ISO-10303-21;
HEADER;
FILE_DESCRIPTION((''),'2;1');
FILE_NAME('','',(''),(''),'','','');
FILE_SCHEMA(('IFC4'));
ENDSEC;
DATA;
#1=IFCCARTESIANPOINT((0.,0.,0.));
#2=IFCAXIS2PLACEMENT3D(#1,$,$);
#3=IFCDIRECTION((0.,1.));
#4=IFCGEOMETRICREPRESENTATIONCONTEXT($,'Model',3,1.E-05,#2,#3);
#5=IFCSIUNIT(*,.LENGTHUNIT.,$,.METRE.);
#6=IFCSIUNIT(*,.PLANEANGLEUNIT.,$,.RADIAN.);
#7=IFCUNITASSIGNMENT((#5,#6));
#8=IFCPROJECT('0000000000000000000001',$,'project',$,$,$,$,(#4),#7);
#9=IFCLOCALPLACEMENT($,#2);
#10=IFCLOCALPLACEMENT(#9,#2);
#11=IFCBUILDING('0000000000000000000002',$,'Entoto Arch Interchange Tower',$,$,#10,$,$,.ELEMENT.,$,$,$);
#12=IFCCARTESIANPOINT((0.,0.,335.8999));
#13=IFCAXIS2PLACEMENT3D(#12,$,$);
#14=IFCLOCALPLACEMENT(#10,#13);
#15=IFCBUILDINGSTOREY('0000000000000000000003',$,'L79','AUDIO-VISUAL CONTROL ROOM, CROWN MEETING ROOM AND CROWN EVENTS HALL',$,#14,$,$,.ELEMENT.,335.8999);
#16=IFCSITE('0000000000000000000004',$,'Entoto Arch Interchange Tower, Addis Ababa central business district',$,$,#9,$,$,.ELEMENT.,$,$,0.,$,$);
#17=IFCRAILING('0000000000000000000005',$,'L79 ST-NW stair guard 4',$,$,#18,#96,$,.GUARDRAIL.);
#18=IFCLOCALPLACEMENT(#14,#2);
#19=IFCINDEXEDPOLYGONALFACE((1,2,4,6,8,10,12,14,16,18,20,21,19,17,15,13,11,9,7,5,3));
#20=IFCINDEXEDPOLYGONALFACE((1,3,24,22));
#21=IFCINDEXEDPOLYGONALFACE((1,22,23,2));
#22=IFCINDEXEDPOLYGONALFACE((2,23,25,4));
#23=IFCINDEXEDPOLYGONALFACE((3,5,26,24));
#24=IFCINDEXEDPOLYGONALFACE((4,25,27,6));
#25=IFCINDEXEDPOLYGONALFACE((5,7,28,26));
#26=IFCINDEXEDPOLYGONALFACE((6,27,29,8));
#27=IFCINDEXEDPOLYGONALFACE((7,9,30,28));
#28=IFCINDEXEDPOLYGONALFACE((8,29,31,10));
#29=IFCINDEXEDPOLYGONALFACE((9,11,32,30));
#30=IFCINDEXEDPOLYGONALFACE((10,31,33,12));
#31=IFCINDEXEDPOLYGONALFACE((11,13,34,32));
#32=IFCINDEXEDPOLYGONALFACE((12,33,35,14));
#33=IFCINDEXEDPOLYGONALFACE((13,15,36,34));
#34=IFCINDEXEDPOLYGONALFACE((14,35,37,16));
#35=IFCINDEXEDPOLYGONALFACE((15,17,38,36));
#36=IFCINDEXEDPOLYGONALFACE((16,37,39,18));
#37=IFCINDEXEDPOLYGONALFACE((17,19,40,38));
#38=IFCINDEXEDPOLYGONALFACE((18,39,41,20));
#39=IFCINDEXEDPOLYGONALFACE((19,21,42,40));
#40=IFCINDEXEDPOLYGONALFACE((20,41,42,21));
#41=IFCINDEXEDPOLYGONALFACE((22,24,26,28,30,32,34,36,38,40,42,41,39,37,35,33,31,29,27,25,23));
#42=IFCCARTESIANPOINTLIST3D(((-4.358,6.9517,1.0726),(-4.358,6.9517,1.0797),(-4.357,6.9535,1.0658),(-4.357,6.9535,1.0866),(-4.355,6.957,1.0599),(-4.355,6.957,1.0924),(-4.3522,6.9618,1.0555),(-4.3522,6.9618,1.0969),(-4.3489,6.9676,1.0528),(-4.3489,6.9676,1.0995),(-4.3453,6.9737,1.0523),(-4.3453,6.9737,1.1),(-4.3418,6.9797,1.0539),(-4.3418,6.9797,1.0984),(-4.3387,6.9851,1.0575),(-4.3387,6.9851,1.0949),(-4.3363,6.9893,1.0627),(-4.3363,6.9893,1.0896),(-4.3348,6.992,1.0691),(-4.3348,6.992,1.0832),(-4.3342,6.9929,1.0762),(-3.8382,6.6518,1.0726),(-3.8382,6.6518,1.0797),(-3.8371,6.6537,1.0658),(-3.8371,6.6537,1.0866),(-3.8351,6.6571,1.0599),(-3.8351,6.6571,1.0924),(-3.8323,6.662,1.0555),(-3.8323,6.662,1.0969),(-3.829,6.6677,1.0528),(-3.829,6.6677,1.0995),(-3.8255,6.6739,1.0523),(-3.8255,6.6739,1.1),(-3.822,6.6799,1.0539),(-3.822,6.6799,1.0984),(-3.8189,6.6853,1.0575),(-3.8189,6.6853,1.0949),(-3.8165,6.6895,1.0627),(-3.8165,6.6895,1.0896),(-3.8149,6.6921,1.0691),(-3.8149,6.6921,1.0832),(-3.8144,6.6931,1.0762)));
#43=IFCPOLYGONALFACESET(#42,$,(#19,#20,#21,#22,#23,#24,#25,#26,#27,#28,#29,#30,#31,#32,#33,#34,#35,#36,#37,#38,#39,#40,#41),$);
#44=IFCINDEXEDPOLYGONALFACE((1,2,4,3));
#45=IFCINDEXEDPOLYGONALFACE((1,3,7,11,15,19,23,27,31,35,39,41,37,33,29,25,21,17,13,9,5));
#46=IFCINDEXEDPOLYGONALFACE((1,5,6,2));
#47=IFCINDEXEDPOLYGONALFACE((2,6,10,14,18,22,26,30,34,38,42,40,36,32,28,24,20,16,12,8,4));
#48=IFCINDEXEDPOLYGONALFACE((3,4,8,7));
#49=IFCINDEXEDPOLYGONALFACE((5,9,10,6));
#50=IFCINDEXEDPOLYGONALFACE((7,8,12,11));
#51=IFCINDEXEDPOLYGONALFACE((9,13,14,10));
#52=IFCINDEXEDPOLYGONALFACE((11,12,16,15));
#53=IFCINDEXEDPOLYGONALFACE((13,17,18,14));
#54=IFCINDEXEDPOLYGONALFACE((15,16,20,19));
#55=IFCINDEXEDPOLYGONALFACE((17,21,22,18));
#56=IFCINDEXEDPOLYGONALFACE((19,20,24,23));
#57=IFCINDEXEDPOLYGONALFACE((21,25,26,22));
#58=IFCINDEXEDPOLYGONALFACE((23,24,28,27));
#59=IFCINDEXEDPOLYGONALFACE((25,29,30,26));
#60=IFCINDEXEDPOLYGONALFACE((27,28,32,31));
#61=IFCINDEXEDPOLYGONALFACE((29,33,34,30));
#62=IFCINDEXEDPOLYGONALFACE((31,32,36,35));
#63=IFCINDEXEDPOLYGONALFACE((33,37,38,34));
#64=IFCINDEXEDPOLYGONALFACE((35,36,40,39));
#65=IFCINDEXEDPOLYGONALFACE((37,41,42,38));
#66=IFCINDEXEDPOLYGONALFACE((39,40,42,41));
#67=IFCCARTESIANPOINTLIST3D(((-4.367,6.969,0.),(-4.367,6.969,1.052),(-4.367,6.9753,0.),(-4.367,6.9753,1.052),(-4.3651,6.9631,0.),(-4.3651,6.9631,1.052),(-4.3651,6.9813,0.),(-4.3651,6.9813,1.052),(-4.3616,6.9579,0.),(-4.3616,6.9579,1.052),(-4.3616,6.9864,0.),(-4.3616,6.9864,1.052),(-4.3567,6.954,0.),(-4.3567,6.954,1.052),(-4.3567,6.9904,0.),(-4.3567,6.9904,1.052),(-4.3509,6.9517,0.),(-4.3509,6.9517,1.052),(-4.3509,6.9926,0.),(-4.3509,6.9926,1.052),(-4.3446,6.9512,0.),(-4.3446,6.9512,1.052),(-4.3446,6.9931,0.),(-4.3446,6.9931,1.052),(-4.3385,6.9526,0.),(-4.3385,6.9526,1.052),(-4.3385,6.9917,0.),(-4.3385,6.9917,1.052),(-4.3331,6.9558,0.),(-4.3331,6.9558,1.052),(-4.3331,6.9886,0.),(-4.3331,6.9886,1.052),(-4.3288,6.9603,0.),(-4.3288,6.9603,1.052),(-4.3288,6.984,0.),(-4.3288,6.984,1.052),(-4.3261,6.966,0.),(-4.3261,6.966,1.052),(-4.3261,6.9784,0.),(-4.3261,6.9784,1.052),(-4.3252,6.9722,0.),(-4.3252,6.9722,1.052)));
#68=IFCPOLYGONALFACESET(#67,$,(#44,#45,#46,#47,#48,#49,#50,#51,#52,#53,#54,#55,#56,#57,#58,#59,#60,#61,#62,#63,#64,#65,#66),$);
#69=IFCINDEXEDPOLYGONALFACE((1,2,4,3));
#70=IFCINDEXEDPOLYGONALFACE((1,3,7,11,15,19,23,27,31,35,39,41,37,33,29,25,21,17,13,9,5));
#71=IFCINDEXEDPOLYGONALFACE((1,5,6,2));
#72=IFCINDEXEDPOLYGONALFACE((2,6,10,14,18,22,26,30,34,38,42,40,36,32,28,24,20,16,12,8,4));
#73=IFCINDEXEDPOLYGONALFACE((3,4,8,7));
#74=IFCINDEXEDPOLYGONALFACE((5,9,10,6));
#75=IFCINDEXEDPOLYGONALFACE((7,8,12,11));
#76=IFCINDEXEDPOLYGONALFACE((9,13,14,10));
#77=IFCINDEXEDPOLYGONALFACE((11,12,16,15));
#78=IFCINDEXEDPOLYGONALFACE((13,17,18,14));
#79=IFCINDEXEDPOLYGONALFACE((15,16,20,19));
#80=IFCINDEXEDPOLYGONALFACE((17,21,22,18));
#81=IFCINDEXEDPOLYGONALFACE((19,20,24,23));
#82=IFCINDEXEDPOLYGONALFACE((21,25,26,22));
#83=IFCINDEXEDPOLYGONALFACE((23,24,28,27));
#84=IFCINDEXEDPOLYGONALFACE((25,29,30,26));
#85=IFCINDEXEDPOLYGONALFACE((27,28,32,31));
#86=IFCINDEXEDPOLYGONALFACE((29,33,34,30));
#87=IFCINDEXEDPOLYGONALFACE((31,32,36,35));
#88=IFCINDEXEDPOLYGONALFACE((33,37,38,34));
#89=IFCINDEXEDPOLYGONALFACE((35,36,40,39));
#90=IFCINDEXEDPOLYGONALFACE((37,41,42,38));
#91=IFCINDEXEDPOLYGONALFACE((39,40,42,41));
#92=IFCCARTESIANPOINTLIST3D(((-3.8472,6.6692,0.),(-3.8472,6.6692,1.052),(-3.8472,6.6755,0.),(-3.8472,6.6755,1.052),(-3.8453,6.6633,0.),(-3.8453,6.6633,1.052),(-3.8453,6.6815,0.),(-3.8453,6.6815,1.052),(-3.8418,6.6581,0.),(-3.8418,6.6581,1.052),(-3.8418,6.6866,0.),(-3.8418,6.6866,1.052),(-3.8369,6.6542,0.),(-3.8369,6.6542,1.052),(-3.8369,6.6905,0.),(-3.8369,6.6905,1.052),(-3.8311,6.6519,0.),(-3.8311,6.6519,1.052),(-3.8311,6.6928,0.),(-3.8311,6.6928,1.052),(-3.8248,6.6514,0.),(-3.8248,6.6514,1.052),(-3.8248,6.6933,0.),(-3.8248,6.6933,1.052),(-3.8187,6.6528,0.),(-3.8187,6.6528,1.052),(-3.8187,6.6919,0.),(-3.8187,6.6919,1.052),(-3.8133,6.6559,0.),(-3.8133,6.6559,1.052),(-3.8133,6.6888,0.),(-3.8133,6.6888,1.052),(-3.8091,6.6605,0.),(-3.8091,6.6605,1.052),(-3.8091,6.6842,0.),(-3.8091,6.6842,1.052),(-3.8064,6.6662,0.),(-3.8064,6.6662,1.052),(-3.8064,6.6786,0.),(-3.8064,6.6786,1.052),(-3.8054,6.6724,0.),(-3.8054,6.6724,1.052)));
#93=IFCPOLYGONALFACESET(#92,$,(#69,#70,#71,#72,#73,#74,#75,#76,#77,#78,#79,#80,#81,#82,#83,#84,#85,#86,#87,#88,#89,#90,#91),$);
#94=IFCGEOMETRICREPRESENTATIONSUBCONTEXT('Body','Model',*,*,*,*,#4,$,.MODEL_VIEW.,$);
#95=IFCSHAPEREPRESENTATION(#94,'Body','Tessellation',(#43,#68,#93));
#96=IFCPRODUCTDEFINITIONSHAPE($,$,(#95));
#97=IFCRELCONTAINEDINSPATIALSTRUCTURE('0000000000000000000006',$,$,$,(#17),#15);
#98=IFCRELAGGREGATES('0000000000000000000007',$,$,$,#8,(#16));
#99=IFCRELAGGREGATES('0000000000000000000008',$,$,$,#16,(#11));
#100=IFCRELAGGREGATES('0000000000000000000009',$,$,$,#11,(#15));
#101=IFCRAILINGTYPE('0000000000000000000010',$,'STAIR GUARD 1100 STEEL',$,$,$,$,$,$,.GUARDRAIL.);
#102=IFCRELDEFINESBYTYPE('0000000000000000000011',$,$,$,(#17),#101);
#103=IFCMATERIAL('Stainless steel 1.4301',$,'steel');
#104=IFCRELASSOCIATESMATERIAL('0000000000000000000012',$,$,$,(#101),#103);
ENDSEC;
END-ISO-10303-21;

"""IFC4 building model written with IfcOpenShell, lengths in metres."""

from ifc_helpers import new_model, si_unit, direction, frame, origin, origin_2d, place, context, subcontext, project, spatial, circle, extrude, material, type_object, element, save


model = new_model("IFC4")

# Units and contexts
model_context = context("Model", 3, precision=1e-05, world=origin(), true_north=direction((0.0, 1.0)))
body_context = subcontext(model_context, "Body", "Model", "MODEL_VIEW")
ifc_project = project(units=[si_unit("LENGTHUNIT", "METRE"), si_unit("PLANEANGLEUNIT", "RADIAN")], contexts=[model_context])

# Site, building, storey
site_placement = place(None, origin())
site = spatial("IfcSite", under=ifc_project, at=site_placement, Name="Entoto Arch Interchange Tower, Addis Ababa central business district", CompositionType="ELEMENT", RefElevation=0.0)
building_placement = place(site_placement, origin())
building = spatial("IfcBuilding", under=site, at=building_placement, Name="Entoto Arch Interchange Tower", CompositionType="ELEMENT")
storey_placement = place(building_placement, frame((0.0, 0.0, 335.8999)))
storey = spatial("IfcBuildingStorey", under=building, at=storey_placement, Name="L79", Description="AUDIO-VISUAL CONTROL ROOM, CROWN MEETING ROOM AND CROWN EVENTS HALL", CompositionType="ELEMENT", Elevation=335.8999)

# Railing
ifc_material_1 = material(Name="Stainless steel 1.4301", Category="steel")
railing_type_1 = type_object("IfcRailingType", Name="STAIR GUARD 1100 STEEL", PredefinedType="GUARDRAIL", material=ifc_material_1)
railing_1_placement = place(storey_placement, frame((-4.3462, 6.9722, 0.0)))
element("IfcRailing", 1, at=railing_1_placement, inside=storey, type_object=railing_type_1, Name="L79 ST-NW stair guard 4", PredefinedType="GUARDRAIL", context=body_context, shape_type="SweptSolid", body=[
    extrude(circle(Radius=0.0239, at=origin_2d()), frame((0.0, 0.0, 1.0762), z_axis=(0.866233, -0.49964, 0.0), x_axis=(0.49964, 0.866233, 0.0)), (0.0, 0.0, 1.0), 0.6001),
    extrude(circle(Radius=0.021, at=origin_2d()), origin(), (0.0, 0.0, 1.0), 1.052),
    extrude(circle(Radius=0.021, at=origin_2d()), frame((0.5198, -0.2998, 0.0)), (0.0, 0.0, 1.0), 1.052),
])

save(model, "model.ifc")
